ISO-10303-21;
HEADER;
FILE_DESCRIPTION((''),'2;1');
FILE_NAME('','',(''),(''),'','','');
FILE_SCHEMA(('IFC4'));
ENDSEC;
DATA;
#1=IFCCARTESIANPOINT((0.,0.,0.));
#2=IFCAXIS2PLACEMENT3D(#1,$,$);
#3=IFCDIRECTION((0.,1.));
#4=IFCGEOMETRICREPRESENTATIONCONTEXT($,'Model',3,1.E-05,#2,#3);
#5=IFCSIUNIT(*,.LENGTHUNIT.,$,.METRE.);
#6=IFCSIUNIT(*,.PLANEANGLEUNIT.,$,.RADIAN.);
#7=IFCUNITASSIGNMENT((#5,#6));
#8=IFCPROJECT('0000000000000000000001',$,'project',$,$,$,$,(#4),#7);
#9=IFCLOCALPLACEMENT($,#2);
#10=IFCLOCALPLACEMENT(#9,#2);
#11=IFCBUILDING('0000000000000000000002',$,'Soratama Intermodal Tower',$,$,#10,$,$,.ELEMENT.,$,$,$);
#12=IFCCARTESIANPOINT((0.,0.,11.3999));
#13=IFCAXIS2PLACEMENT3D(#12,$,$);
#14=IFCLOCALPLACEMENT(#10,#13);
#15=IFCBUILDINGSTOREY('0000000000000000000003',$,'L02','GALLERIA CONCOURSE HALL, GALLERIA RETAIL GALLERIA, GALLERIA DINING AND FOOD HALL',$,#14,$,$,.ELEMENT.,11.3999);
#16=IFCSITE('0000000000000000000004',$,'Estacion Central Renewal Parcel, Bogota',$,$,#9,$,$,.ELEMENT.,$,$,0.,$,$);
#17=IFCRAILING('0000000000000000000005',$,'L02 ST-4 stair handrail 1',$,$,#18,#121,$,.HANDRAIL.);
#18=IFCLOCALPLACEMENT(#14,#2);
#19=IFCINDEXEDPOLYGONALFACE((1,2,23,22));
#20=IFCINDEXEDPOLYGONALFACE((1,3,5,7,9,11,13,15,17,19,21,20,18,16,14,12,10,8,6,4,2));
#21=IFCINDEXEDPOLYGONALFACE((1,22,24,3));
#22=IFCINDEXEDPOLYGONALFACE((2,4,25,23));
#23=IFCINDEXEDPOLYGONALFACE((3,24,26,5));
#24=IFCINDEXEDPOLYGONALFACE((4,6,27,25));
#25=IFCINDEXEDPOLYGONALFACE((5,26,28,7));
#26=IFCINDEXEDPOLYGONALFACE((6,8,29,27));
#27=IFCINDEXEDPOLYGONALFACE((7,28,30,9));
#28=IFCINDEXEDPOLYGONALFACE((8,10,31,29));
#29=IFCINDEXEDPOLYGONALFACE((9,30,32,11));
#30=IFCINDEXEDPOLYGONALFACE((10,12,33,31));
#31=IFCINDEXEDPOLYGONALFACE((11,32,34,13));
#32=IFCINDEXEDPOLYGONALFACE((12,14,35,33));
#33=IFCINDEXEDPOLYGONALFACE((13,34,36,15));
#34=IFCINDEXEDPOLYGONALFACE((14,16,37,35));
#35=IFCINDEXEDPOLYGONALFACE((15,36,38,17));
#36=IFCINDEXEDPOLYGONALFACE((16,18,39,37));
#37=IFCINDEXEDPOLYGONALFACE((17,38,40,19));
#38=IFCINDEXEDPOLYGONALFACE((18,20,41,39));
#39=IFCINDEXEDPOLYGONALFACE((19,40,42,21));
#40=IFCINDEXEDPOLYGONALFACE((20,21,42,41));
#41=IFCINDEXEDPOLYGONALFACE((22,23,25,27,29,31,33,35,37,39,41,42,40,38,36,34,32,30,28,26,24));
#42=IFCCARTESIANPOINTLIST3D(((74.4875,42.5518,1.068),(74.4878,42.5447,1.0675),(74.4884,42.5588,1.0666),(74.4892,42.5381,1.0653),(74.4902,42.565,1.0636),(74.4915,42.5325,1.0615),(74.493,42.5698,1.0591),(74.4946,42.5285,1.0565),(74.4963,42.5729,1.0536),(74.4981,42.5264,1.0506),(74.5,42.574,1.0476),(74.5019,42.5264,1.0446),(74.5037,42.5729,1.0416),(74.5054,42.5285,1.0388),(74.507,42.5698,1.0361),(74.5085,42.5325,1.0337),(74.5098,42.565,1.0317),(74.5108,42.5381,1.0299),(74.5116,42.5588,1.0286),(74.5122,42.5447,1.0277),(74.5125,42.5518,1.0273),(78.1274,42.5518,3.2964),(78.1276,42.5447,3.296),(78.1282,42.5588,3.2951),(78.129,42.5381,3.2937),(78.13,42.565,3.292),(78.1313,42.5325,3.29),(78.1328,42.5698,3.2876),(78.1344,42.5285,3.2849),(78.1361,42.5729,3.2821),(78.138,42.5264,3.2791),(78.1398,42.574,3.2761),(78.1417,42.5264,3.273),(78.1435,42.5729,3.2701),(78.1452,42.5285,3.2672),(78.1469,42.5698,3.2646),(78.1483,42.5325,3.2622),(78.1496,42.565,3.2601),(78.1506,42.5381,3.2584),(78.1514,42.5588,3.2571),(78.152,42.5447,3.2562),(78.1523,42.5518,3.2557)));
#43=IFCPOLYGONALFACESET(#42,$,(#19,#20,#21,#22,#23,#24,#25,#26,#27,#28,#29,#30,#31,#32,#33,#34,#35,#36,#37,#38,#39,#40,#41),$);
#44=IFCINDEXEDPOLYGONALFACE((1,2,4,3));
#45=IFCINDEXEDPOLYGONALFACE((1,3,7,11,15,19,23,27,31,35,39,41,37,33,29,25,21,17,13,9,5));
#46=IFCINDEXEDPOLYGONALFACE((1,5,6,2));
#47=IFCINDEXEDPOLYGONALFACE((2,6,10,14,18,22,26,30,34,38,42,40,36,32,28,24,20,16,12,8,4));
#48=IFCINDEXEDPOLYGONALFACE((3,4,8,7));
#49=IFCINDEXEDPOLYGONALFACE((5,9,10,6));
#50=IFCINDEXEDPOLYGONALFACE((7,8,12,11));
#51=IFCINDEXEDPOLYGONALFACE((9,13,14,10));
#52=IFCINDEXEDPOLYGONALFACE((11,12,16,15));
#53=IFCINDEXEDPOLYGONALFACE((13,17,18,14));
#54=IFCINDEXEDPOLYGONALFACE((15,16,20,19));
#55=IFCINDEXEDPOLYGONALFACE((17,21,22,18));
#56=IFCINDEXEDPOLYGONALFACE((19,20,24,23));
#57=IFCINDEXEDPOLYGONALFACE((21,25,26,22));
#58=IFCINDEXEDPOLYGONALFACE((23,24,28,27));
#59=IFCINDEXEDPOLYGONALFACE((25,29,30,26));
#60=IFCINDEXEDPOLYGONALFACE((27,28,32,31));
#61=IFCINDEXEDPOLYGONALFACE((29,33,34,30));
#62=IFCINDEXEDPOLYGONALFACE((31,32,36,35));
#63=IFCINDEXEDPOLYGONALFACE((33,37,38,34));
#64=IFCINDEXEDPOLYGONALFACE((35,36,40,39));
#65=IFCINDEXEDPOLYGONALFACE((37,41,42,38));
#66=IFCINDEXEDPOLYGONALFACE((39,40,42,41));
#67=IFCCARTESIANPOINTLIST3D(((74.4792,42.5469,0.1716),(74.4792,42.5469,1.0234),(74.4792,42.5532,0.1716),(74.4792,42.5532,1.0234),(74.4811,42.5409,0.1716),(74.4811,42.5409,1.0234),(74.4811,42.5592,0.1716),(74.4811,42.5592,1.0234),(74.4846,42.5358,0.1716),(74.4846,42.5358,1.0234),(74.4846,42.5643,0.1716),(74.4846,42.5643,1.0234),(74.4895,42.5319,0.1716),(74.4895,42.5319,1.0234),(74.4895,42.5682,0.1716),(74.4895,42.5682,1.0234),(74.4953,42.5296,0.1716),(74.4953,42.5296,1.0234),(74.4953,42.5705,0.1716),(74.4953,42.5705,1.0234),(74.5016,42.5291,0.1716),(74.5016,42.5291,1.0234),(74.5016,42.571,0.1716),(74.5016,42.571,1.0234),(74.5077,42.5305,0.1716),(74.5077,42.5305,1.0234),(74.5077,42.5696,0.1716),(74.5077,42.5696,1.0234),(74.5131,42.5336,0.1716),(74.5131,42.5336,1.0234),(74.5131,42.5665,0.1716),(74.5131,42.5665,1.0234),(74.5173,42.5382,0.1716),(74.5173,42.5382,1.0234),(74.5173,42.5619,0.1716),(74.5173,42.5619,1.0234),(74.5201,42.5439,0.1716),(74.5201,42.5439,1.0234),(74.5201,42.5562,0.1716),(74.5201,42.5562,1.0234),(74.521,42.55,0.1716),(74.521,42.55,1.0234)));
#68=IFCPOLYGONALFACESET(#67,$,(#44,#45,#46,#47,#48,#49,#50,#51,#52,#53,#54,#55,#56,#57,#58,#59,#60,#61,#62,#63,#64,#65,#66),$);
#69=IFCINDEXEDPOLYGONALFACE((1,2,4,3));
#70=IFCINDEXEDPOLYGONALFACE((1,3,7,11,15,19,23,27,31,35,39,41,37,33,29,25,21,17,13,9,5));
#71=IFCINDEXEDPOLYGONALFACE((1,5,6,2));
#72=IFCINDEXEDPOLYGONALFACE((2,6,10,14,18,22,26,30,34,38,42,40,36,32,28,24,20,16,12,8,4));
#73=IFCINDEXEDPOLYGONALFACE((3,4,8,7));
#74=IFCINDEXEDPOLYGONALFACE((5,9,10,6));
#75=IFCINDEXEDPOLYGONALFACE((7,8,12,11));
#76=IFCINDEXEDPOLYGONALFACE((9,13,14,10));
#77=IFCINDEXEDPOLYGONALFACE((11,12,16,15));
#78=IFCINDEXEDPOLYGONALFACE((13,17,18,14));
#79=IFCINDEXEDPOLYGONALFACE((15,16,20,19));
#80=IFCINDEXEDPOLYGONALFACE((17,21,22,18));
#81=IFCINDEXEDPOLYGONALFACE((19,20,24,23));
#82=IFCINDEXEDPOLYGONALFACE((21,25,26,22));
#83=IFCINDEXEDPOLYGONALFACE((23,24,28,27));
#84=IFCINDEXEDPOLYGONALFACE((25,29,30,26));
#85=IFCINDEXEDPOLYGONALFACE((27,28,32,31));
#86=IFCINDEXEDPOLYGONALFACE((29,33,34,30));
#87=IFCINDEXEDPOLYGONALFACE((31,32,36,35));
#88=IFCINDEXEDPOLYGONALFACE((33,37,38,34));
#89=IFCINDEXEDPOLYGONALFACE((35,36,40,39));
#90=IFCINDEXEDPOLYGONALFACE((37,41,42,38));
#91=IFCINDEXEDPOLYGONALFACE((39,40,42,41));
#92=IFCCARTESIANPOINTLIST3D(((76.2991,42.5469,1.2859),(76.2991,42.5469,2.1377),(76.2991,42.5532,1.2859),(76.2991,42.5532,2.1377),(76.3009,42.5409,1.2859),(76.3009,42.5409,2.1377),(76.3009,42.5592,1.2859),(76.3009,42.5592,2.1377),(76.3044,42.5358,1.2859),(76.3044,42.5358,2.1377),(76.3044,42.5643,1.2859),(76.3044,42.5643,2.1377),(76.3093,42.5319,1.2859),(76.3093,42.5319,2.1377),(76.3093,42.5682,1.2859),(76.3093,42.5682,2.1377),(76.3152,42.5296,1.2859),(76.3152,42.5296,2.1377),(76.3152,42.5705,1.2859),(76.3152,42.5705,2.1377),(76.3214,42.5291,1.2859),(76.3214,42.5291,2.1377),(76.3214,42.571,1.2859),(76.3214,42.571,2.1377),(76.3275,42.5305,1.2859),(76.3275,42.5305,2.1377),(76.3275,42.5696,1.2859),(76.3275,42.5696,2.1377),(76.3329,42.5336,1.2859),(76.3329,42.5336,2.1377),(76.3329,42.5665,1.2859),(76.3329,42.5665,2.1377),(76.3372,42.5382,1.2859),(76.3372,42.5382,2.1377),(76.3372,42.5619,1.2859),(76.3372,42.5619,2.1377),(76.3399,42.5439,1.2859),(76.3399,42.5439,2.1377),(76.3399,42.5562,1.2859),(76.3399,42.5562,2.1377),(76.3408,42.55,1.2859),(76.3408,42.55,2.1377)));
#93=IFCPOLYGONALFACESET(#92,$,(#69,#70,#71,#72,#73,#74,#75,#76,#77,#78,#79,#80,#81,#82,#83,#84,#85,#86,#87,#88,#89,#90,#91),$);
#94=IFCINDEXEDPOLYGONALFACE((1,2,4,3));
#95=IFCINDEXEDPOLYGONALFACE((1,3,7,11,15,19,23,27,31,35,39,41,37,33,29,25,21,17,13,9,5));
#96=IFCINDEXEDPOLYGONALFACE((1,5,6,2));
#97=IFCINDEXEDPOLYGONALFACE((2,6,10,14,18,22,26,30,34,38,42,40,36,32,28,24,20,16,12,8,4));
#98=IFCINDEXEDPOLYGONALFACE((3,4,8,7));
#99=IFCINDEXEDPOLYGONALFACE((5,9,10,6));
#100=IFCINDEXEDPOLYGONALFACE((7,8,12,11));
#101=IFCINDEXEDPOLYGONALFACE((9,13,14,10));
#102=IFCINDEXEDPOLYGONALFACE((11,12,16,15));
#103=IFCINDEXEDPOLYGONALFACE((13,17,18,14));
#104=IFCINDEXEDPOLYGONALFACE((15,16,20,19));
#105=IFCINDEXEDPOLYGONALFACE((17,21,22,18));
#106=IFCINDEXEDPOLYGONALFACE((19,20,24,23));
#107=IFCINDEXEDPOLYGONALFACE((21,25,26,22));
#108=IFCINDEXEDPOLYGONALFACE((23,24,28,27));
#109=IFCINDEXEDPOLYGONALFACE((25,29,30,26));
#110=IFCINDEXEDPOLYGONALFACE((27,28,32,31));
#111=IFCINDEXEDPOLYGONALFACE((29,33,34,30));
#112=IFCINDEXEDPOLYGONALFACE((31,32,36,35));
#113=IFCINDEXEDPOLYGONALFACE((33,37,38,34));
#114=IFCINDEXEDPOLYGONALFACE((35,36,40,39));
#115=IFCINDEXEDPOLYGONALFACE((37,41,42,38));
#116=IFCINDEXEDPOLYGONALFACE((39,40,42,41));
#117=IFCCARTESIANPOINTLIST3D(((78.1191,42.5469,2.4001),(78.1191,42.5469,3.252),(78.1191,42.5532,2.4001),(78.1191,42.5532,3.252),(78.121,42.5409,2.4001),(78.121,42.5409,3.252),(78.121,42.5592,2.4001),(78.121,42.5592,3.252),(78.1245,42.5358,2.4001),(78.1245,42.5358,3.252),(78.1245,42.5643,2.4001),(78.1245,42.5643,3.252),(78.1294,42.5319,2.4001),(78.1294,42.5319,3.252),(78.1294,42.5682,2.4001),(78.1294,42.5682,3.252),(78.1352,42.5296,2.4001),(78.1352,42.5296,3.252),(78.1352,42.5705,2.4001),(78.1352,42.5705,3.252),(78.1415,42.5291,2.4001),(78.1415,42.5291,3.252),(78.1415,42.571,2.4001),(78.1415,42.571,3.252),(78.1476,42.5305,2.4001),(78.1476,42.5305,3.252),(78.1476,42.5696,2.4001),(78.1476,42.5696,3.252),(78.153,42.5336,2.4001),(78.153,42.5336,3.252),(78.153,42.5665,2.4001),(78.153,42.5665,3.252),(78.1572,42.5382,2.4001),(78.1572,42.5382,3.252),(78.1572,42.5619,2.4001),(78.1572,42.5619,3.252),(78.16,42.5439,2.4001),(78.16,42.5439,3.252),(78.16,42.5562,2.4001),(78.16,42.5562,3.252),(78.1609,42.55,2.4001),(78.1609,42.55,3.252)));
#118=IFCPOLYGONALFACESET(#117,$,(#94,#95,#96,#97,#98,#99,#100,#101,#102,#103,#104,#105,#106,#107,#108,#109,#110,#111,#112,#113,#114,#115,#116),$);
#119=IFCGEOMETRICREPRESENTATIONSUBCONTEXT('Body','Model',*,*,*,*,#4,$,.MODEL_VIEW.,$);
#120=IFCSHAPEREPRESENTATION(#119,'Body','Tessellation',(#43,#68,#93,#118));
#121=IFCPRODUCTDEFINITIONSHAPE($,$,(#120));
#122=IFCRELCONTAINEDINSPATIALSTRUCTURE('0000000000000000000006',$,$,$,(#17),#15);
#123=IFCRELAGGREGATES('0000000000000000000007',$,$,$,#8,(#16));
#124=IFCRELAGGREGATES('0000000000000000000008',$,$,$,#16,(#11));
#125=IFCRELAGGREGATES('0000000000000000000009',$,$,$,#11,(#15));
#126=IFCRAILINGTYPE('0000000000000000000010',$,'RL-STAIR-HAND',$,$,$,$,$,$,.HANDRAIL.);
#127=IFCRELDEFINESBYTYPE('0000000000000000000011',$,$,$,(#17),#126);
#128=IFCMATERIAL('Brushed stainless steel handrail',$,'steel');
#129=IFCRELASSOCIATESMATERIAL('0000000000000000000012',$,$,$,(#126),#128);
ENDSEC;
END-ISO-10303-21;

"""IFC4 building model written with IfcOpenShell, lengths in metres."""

from ifc_helpers import new_model, si_unit, direction, frame, origin, origin_2d, place, context, subcontext, project, spatial, circle, extrude, material, type_object, element, save


model = new_model("IFC4")

# Units and contexts
model_context = context("Model", 3, precision=1e-05, world=origin(), true_north=direction((0.0, 1.0)))
body_context = subcontext(model_context, "Body", "Model", "MODEL_VIEW")
ifc_project = project(units=[si_unit("LENGTHUNIT", "METRE"), si_unit("PLANEANGLEUNIT", "RADIAN")], contexts=[model_context])

# Site, building, storey
site_placement = place(None, origin())
site = spatial("IfcSite", under=ifc_project, at=site_placement, Name="Estacion Central Renewal Parcel, Bogota", CompositionType="ELEMENT", RefElevation=0.0)
building_placement = place(site_placement, origin())
building = spatial("IfcBuilding", under=site, at=building_placement, Name="Soratama Intermodal Tower", CompositionType="ELEMENT")
storey_placement = place(building_placement, frame((0.0, 0.0, 11.3999)))
storey = spatial("IfcBuildingStorey", under=building, at=storey_placement, Name="L02", Description="GALLERIA CONCOURSE HALL, GALLERIA RETAIL GALLERIA, GALLERIA DINING AND FOOD HALL", CompositionType="ELEMENT", Elevation=11.3999)

# Railing
ifc_material_1 = material(Name="Brushed stainless steel handrail", Category="steel")
railing_type_1 = type_object("IfcRailingType", Name="RL-STAIR-HAND", PredefinedType="HANDRAIL", material=ifc_material_1)
railing_1_placement = place(storey_placement, frame((74.5, 42.55, 0.1716)))
element("IfcRailing", 1, at=railing_1_placement, inside=storey, type_object=railing_type_1, Name="L02 ST-4 stair handrail 1", PredefinedType="HANDRAIL", context=body_context, shape_type="SweptSolid", body=[
    extrude(circle(Radius=0.0239, at=origin_2d()), frame((0.0, 0.0, 0.876), z_axis=(0.85285, 0.0, 0.522156), x_axis=(0.0, 1.0, 0.0)), (0.0, 0.0, 1.0), 4.2678),
    extrude(circle(Radius=0.021, at=origin_2d()), origin(), (0.0, 0.0, 1.0), 0.8518),
    extrude(circle(Radius=0.021, at=origin_2d()), frame((1.8198, 0.0, 1.1143)), (0.0, 0.0, 1.0), 0.8518),
    extrude(circle(Radius=0.021, at=origin_2d()), frame((3.6399, 0.0, 2.2285)), (0.0, 0.0, 1.0), 0.8518),
])

save(model, "model.ifc")
